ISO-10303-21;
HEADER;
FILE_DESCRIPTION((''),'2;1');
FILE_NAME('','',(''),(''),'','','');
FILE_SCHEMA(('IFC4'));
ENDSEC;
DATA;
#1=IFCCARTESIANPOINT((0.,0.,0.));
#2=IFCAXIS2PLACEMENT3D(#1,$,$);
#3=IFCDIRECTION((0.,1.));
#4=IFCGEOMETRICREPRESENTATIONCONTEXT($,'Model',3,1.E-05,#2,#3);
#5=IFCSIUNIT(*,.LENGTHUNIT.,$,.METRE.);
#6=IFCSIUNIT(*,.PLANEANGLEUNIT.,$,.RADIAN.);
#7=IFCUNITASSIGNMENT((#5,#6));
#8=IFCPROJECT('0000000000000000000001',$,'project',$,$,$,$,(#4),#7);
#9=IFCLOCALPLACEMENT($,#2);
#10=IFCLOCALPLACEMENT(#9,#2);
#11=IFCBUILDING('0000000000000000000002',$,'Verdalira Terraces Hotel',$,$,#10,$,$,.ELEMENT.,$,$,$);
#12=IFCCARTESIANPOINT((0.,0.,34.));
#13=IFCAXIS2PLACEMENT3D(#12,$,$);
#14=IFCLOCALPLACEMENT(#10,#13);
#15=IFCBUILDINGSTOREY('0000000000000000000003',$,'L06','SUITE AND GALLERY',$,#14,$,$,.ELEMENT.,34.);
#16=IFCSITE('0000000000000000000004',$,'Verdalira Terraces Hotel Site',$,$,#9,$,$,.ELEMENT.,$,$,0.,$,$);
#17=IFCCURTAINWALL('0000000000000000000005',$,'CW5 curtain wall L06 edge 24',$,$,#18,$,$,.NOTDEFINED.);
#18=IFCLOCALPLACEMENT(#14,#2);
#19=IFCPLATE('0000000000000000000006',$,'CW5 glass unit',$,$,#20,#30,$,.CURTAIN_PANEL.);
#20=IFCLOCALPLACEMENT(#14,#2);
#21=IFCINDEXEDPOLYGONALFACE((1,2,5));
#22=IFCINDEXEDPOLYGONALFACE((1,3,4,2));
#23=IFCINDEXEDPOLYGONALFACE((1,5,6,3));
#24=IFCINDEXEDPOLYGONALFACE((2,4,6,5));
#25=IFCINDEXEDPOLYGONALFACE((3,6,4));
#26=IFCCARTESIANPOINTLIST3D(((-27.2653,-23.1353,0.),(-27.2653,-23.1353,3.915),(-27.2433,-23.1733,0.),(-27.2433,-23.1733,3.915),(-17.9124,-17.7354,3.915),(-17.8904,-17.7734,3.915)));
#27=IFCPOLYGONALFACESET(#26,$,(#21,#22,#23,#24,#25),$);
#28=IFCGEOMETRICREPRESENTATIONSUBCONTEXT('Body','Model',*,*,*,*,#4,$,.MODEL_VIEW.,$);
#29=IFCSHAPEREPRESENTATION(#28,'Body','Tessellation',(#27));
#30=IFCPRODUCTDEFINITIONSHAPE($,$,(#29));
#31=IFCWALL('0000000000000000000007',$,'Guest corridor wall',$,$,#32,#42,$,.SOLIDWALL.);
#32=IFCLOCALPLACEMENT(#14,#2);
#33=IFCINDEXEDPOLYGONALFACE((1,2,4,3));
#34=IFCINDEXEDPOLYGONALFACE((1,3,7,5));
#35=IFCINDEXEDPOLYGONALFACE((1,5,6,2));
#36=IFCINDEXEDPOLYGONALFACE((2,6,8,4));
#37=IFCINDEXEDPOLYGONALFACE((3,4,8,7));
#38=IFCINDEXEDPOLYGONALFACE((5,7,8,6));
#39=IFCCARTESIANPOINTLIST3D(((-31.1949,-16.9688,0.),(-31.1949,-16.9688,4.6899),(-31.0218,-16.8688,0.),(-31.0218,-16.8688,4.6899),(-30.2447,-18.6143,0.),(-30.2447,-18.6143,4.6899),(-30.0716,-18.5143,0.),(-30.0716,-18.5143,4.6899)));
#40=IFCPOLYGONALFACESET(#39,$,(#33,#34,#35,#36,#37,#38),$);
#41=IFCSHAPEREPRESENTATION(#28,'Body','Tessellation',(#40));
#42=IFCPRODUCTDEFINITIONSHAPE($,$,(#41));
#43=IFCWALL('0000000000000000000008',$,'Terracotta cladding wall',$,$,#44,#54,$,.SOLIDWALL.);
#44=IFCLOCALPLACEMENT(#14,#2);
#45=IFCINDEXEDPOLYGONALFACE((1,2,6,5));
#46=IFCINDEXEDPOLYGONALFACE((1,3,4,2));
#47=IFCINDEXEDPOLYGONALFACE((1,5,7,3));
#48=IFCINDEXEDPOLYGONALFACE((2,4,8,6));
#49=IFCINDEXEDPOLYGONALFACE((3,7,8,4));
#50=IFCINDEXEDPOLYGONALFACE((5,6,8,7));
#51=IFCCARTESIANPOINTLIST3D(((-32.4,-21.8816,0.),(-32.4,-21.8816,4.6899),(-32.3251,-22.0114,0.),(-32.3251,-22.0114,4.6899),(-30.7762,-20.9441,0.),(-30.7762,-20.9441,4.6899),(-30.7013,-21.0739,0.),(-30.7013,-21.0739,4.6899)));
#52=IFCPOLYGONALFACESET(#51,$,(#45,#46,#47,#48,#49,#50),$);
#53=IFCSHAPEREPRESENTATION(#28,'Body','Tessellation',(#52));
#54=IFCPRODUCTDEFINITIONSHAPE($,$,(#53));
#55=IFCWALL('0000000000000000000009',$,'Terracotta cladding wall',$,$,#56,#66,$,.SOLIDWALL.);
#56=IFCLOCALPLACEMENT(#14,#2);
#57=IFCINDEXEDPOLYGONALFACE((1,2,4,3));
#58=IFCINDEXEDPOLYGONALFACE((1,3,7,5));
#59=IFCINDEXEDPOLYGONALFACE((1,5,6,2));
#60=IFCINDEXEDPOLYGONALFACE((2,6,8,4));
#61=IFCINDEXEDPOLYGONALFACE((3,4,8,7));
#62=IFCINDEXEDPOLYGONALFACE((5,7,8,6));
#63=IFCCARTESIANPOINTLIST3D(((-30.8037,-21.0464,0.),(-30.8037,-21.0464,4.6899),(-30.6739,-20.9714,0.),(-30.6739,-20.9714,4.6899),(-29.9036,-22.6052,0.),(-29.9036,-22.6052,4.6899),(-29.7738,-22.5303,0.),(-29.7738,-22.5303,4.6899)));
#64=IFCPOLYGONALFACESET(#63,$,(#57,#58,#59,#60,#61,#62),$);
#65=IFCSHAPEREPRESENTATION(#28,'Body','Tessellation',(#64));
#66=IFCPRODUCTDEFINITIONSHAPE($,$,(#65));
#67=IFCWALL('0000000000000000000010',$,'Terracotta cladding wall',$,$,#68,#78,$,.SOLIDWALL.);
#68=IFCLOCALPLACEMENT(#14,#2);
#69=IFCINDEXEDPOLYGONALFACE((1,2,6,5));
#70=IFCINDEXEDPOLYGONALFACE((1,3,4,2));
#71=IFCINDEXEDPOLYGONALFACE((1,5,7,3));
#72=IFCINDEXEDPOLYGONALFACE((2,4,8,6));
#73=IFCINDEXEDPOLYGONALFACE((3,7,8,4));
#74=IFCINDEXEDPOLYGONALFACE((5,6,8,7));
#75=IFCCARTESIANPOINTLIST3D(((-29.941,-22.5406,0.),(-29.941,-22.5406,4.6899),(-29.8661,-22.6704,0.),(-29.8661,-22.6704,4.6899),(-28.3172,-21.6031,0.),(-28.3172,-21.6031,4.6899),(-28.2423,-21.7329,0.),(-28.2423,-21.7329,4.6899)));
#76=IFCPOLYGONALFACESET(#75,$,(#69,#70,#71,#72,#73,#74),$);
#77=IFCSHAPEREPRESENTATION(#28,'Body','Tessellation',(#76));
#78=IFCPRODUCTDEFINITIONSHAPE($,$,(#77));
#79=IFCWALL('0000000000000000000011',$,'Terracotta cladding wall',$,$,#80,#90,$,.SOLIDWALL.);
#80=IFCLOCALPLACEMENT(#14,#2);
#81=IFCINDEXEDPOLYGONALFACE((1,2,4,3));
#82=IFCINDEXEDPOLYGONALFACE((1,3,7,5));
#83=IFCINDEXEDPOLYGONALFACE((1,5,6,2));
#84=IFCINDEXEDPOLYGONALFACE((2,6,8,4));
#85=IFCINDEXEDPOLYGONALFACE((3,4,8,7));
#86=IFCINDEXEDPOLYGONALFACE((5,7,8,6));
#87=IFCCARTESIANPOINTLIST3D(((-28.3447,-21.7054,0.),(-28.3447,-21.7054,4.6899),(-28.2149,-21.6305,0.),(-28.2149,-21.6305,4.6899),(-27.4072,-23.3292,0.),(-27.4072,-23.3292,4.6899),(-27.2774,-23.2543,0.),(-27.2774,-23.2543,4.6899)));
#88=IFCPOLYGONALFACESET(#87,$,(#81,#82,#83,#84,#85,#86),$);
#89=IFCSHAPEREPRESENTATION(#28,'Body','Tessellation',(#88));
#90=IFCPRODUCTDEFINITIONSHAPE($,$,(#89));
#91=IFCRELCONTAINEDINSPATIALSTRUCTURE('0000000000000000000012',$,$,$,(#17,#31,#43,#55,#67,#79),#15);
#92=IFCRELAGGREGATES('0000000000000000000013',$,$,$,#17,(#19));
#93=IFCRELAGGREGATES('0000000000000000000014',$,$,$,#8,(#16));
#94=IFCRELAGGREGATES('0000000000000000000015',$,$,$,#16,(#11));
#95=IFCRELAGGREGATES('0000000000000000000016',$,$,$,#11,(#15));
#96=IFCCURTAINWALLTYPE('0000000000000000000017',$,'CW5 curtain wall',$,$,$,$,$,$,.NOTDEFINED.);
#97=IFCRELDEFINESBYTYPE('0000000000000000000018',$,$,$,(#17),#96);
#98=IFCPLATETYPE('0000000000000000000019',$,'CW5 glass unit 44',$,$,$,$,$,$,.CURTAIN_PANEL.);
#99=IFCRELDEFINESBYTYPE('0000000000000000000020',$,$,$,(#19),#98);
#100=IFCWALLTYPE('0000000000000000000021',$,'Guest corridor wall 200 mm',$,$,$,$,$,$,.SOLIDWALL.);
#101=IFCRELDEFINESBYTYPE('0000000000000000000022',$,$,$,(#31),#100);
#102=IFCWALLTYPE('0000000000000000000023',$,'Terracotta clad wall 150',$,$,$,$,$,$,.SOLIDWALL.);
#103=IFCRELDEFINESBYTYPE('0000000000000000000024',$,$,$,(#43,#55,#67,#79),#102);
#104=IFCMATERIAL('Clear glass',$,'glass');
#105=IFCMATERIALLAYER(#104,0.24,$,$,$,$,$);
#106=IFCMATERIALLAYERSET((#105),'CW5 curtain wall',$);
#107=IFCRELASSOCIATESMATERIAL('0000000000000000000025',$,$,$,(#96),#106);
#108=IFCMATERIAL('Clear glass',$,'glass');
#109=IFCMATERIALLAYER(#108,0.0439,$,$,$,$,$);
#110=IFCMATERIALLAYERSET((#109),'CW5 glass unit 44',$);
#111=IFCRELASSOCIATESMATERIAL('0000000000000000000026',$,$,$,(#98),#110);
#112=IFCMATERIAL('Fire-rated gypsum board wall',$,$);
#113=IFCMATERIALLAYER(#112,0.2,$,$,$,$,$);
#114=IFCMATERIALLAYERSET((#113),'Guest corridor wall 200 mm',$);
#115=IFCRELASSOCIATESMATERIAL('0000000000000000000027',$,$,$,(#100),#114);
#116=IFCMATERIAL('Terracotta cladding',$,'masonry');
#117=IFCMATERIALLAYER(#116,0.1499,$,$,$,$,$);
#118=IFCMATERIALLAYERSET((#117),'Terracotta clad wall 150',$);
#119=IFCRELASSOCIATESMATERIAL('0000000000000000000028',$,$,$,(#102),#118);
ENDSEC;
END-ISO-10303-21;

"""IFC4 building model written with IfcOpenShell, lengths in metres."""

from ifc_helpers import new_model, si_unit, direction, frame, frame_2d, origin, place, context, subcontext, project, spatial, polyline, rectangle, outline, extrude, material, layer, layer_set, type_object, element, aggregate, save


model = new_model("IFC4")

# Units and contexts
model_context = context("Model", 3, precision=1e-05, world=origin(), true_north=direction((0.0, 1.0)))
body_context = subcontext(model_context, "Body", "Model", "MODEL_VIEW")
ifc_project = project(units=[si_unit("LENGTHUNIT", "METRE"), si_unit("PLANEANGLEUNIT", "RADIAN")], contexts=[model_context])

# Site, building, storey
site_placement = place(None, origin())
site = spatial("IfcSite", under=ifc_project, at=site_placement, Name="Verdalira Terraces Hotel Site", CompositionType="ELEMENT", RefElevation=0.0)
building_placement = place(site_placement, origin())
building = spatial("IfcBuilding", under=site, at=building_placement, Name="Verdalira Terraces Hotel", CompositionType="ELEMENT")
storey_placement = place(building_placement, frame((0.0, 0.0, 34.0)))
storey = spatial("IfcBuildingStorey", under=building, at=storey_placement, Name="L06", Description="SUITE AND GALLERY", CompositionType="ELEMENT", Elevation=34.0)

# Shared definitions
ifc_material_1 = material(Name="Clear glass", Category="glass")
ifc_layer_1 = layer(ifc_material_1, 0.24)
ifc_layer_set_1 = layer_set([ifc_layer_1], Name="CW5 curtain wall")
curtain_wall_type = type_object("IfcCurtainWallType", Name="CW5 curtain wall", PredefinedType="NOTDEFINED", material=ifc_layer_set_1)

# Curtain wall
curtain_wall_1_placement = place(storey_placement, origin())
curtain_wall_1 = element("IfcCurtainWall", 1, at=curtain_wall_1_placement, inside=storey, type_object=curtain_wall_type, Name="CW5 curtain wall L06 edge 24", PredefinedType="NOTDEFINED")

# Plate
ifc_material_2 = material(Name="Clear glass", Category="glass")
ifc_layer_2 = layer(ifc_material_2, 0.0439)
ifc_layer_set_2 = layer_set([ifc_layer_2], Name="CW5 glass unit 44")
plate_type = type_object("IfcPlateType", Name="CW5 glass unit 44", PredefinedType="CURTAIN_PANEL", material=ifc_layer_set_2)
plate_1_placement = place(storey_placement, frame((-22.5889, -20.4353, 1.9575), z_axis=(0.5, -0.866025, 0.0), x_axis=(0.866025, 0.5, 0.0)))
plate_1 = element("IfcPlate", 2, at=plate_1_placement, type_object=plate_type, Name="CW5 glass unit", PredefinedType="CURTAIN_PANEL", context=body_context, shape_type="SweptSolid", body=[
    extrude(outline(polyline([(-5.3999, -1.9575), (5.3999, 1.9575), (-5.3999, 1.9575), (-5.3999, -1.9575)])), origin(), (0.0, 0.0, 1.0), 0.0439),
])
aggregate(curtain_wall_1, [plate_1])

# Walls
ifc_material_3 = material(Name="Fire-rated gypsum board wall")
ifc_layer_3 = layer(ifc_material_3, 0.2)
ifc_layer_set_3 = layer_set([ifc_layer_3], Name="Guest corridor wall 200 mm")
wall_type_1 = type_object("IfcWallType", Name="Guest corridor wall 200 mm", PredefinedType="SOLIDWALL", material=ifc_layer_set_3)
wall_1_placement = place(storey_placement, frame((-31.1084, -16.9187, 0.0), z_axis=(0.0, 0.0, 1.0), x_axis=(0.500064, -0.865989, 0.0)))
element("IfcWall", 3, at=wall_1_placement, inside=storey, type_object=wall_type_1, Name="Guest corridor wall", PredefinedType="SOLIDWALL", context=body_context, shape_type="SweptSolid", body=[
    extrude(rectangle(XDim=1.9001, YDim=0.2, at=frame_2d((0.9502, 0.0))), origin(), (0.0, 0.0, 1.0), 4.6899),
])
ifc_material_4 = material(Name="Terracotta cladding", Category="masonry")
ifc_layer_4 = layer(ifc_material_4, 0.1499)
ifc_layer_set_4 = layer_set([ifc_layer_4], Name="Terracotta clad wall 150")
wall_type_2 = type_object("IfcWallType", Name="Terracotta clad wall 150", PredefinedType="SOLIDWALL", material=ifc_layer_set_4)
wall_2_placement = place(storey_placement, frame((-32.3625, -21.9465, 0.0), z_axis=(0.0, 0.0, 1.0), x_axis=(0.866023, 0.500004, 0.0)))
element("IfcWall", 4, at=wall_2_placement, inside=storey, type_object=wall_type_2, Name="Terracotta cladding wall", PredefinedType="SOLIDWALL", context=body_context, shape_type="SweptSolid", body=[
    extrude(rectangle(XDim=1.875, YDim=0.1499, at=frame_2d((0.9375, 0.0))), origin(), (0.0, 0.0, 1.0), 4.6899),
])
wall_3_placement = place(storey_placement, frame((-30.7388, -21.009, 0.0), z_axis=(0.0, 0.0, 1.0), x_axis=(0.500063, -0.865989, 0.0)))
element("IfcWall", 5, at=wall_3_placement, inside=storey, type_object=wall_type_2, Name="Terracotta cladding wall", PredefinedType="SOLIDWALL", context=body_context, shape_type="SweptSolid", body=[
    extrude(rectangle(XDim=1.8, YDim=0.1499, at=frame_2d((0.8999, 0.0))), origin(), (0.0, 0.0, 1.0), 4.6899),
])
for number, where, z_axis, x_axis, name in (
    (6, (-29.9036, -22.6055, 0.0), (0.0, 0.0, 1.0), (0.866023, 0.500004, 0.0), "Terracotta cladding wall"),
    (7, (-28.2798, -21.668, 0.0), (0.0, 0.0, 1.0), (0.500004, -0.866023, 0.0), "Terracotta cladding wall"),
):
    element("IfcWall", number, at=place(storey_placement, frame(where, z_axis=z_axis, x_axis=x_axis)), inside=storey, type_object=wall_type_2, Name=name, PredefinedType="SOLIDWALL", context=body_context, shape_type="SweptSolid", body=[
        extrude(rectangle(XDim=1.875, YDim=0.1499, at=frame_2d((0.9375, 0.0))), origin(), (0.0, 0.0, 1.0), 4.6899),
    ])

save(model, "model.ifc")
